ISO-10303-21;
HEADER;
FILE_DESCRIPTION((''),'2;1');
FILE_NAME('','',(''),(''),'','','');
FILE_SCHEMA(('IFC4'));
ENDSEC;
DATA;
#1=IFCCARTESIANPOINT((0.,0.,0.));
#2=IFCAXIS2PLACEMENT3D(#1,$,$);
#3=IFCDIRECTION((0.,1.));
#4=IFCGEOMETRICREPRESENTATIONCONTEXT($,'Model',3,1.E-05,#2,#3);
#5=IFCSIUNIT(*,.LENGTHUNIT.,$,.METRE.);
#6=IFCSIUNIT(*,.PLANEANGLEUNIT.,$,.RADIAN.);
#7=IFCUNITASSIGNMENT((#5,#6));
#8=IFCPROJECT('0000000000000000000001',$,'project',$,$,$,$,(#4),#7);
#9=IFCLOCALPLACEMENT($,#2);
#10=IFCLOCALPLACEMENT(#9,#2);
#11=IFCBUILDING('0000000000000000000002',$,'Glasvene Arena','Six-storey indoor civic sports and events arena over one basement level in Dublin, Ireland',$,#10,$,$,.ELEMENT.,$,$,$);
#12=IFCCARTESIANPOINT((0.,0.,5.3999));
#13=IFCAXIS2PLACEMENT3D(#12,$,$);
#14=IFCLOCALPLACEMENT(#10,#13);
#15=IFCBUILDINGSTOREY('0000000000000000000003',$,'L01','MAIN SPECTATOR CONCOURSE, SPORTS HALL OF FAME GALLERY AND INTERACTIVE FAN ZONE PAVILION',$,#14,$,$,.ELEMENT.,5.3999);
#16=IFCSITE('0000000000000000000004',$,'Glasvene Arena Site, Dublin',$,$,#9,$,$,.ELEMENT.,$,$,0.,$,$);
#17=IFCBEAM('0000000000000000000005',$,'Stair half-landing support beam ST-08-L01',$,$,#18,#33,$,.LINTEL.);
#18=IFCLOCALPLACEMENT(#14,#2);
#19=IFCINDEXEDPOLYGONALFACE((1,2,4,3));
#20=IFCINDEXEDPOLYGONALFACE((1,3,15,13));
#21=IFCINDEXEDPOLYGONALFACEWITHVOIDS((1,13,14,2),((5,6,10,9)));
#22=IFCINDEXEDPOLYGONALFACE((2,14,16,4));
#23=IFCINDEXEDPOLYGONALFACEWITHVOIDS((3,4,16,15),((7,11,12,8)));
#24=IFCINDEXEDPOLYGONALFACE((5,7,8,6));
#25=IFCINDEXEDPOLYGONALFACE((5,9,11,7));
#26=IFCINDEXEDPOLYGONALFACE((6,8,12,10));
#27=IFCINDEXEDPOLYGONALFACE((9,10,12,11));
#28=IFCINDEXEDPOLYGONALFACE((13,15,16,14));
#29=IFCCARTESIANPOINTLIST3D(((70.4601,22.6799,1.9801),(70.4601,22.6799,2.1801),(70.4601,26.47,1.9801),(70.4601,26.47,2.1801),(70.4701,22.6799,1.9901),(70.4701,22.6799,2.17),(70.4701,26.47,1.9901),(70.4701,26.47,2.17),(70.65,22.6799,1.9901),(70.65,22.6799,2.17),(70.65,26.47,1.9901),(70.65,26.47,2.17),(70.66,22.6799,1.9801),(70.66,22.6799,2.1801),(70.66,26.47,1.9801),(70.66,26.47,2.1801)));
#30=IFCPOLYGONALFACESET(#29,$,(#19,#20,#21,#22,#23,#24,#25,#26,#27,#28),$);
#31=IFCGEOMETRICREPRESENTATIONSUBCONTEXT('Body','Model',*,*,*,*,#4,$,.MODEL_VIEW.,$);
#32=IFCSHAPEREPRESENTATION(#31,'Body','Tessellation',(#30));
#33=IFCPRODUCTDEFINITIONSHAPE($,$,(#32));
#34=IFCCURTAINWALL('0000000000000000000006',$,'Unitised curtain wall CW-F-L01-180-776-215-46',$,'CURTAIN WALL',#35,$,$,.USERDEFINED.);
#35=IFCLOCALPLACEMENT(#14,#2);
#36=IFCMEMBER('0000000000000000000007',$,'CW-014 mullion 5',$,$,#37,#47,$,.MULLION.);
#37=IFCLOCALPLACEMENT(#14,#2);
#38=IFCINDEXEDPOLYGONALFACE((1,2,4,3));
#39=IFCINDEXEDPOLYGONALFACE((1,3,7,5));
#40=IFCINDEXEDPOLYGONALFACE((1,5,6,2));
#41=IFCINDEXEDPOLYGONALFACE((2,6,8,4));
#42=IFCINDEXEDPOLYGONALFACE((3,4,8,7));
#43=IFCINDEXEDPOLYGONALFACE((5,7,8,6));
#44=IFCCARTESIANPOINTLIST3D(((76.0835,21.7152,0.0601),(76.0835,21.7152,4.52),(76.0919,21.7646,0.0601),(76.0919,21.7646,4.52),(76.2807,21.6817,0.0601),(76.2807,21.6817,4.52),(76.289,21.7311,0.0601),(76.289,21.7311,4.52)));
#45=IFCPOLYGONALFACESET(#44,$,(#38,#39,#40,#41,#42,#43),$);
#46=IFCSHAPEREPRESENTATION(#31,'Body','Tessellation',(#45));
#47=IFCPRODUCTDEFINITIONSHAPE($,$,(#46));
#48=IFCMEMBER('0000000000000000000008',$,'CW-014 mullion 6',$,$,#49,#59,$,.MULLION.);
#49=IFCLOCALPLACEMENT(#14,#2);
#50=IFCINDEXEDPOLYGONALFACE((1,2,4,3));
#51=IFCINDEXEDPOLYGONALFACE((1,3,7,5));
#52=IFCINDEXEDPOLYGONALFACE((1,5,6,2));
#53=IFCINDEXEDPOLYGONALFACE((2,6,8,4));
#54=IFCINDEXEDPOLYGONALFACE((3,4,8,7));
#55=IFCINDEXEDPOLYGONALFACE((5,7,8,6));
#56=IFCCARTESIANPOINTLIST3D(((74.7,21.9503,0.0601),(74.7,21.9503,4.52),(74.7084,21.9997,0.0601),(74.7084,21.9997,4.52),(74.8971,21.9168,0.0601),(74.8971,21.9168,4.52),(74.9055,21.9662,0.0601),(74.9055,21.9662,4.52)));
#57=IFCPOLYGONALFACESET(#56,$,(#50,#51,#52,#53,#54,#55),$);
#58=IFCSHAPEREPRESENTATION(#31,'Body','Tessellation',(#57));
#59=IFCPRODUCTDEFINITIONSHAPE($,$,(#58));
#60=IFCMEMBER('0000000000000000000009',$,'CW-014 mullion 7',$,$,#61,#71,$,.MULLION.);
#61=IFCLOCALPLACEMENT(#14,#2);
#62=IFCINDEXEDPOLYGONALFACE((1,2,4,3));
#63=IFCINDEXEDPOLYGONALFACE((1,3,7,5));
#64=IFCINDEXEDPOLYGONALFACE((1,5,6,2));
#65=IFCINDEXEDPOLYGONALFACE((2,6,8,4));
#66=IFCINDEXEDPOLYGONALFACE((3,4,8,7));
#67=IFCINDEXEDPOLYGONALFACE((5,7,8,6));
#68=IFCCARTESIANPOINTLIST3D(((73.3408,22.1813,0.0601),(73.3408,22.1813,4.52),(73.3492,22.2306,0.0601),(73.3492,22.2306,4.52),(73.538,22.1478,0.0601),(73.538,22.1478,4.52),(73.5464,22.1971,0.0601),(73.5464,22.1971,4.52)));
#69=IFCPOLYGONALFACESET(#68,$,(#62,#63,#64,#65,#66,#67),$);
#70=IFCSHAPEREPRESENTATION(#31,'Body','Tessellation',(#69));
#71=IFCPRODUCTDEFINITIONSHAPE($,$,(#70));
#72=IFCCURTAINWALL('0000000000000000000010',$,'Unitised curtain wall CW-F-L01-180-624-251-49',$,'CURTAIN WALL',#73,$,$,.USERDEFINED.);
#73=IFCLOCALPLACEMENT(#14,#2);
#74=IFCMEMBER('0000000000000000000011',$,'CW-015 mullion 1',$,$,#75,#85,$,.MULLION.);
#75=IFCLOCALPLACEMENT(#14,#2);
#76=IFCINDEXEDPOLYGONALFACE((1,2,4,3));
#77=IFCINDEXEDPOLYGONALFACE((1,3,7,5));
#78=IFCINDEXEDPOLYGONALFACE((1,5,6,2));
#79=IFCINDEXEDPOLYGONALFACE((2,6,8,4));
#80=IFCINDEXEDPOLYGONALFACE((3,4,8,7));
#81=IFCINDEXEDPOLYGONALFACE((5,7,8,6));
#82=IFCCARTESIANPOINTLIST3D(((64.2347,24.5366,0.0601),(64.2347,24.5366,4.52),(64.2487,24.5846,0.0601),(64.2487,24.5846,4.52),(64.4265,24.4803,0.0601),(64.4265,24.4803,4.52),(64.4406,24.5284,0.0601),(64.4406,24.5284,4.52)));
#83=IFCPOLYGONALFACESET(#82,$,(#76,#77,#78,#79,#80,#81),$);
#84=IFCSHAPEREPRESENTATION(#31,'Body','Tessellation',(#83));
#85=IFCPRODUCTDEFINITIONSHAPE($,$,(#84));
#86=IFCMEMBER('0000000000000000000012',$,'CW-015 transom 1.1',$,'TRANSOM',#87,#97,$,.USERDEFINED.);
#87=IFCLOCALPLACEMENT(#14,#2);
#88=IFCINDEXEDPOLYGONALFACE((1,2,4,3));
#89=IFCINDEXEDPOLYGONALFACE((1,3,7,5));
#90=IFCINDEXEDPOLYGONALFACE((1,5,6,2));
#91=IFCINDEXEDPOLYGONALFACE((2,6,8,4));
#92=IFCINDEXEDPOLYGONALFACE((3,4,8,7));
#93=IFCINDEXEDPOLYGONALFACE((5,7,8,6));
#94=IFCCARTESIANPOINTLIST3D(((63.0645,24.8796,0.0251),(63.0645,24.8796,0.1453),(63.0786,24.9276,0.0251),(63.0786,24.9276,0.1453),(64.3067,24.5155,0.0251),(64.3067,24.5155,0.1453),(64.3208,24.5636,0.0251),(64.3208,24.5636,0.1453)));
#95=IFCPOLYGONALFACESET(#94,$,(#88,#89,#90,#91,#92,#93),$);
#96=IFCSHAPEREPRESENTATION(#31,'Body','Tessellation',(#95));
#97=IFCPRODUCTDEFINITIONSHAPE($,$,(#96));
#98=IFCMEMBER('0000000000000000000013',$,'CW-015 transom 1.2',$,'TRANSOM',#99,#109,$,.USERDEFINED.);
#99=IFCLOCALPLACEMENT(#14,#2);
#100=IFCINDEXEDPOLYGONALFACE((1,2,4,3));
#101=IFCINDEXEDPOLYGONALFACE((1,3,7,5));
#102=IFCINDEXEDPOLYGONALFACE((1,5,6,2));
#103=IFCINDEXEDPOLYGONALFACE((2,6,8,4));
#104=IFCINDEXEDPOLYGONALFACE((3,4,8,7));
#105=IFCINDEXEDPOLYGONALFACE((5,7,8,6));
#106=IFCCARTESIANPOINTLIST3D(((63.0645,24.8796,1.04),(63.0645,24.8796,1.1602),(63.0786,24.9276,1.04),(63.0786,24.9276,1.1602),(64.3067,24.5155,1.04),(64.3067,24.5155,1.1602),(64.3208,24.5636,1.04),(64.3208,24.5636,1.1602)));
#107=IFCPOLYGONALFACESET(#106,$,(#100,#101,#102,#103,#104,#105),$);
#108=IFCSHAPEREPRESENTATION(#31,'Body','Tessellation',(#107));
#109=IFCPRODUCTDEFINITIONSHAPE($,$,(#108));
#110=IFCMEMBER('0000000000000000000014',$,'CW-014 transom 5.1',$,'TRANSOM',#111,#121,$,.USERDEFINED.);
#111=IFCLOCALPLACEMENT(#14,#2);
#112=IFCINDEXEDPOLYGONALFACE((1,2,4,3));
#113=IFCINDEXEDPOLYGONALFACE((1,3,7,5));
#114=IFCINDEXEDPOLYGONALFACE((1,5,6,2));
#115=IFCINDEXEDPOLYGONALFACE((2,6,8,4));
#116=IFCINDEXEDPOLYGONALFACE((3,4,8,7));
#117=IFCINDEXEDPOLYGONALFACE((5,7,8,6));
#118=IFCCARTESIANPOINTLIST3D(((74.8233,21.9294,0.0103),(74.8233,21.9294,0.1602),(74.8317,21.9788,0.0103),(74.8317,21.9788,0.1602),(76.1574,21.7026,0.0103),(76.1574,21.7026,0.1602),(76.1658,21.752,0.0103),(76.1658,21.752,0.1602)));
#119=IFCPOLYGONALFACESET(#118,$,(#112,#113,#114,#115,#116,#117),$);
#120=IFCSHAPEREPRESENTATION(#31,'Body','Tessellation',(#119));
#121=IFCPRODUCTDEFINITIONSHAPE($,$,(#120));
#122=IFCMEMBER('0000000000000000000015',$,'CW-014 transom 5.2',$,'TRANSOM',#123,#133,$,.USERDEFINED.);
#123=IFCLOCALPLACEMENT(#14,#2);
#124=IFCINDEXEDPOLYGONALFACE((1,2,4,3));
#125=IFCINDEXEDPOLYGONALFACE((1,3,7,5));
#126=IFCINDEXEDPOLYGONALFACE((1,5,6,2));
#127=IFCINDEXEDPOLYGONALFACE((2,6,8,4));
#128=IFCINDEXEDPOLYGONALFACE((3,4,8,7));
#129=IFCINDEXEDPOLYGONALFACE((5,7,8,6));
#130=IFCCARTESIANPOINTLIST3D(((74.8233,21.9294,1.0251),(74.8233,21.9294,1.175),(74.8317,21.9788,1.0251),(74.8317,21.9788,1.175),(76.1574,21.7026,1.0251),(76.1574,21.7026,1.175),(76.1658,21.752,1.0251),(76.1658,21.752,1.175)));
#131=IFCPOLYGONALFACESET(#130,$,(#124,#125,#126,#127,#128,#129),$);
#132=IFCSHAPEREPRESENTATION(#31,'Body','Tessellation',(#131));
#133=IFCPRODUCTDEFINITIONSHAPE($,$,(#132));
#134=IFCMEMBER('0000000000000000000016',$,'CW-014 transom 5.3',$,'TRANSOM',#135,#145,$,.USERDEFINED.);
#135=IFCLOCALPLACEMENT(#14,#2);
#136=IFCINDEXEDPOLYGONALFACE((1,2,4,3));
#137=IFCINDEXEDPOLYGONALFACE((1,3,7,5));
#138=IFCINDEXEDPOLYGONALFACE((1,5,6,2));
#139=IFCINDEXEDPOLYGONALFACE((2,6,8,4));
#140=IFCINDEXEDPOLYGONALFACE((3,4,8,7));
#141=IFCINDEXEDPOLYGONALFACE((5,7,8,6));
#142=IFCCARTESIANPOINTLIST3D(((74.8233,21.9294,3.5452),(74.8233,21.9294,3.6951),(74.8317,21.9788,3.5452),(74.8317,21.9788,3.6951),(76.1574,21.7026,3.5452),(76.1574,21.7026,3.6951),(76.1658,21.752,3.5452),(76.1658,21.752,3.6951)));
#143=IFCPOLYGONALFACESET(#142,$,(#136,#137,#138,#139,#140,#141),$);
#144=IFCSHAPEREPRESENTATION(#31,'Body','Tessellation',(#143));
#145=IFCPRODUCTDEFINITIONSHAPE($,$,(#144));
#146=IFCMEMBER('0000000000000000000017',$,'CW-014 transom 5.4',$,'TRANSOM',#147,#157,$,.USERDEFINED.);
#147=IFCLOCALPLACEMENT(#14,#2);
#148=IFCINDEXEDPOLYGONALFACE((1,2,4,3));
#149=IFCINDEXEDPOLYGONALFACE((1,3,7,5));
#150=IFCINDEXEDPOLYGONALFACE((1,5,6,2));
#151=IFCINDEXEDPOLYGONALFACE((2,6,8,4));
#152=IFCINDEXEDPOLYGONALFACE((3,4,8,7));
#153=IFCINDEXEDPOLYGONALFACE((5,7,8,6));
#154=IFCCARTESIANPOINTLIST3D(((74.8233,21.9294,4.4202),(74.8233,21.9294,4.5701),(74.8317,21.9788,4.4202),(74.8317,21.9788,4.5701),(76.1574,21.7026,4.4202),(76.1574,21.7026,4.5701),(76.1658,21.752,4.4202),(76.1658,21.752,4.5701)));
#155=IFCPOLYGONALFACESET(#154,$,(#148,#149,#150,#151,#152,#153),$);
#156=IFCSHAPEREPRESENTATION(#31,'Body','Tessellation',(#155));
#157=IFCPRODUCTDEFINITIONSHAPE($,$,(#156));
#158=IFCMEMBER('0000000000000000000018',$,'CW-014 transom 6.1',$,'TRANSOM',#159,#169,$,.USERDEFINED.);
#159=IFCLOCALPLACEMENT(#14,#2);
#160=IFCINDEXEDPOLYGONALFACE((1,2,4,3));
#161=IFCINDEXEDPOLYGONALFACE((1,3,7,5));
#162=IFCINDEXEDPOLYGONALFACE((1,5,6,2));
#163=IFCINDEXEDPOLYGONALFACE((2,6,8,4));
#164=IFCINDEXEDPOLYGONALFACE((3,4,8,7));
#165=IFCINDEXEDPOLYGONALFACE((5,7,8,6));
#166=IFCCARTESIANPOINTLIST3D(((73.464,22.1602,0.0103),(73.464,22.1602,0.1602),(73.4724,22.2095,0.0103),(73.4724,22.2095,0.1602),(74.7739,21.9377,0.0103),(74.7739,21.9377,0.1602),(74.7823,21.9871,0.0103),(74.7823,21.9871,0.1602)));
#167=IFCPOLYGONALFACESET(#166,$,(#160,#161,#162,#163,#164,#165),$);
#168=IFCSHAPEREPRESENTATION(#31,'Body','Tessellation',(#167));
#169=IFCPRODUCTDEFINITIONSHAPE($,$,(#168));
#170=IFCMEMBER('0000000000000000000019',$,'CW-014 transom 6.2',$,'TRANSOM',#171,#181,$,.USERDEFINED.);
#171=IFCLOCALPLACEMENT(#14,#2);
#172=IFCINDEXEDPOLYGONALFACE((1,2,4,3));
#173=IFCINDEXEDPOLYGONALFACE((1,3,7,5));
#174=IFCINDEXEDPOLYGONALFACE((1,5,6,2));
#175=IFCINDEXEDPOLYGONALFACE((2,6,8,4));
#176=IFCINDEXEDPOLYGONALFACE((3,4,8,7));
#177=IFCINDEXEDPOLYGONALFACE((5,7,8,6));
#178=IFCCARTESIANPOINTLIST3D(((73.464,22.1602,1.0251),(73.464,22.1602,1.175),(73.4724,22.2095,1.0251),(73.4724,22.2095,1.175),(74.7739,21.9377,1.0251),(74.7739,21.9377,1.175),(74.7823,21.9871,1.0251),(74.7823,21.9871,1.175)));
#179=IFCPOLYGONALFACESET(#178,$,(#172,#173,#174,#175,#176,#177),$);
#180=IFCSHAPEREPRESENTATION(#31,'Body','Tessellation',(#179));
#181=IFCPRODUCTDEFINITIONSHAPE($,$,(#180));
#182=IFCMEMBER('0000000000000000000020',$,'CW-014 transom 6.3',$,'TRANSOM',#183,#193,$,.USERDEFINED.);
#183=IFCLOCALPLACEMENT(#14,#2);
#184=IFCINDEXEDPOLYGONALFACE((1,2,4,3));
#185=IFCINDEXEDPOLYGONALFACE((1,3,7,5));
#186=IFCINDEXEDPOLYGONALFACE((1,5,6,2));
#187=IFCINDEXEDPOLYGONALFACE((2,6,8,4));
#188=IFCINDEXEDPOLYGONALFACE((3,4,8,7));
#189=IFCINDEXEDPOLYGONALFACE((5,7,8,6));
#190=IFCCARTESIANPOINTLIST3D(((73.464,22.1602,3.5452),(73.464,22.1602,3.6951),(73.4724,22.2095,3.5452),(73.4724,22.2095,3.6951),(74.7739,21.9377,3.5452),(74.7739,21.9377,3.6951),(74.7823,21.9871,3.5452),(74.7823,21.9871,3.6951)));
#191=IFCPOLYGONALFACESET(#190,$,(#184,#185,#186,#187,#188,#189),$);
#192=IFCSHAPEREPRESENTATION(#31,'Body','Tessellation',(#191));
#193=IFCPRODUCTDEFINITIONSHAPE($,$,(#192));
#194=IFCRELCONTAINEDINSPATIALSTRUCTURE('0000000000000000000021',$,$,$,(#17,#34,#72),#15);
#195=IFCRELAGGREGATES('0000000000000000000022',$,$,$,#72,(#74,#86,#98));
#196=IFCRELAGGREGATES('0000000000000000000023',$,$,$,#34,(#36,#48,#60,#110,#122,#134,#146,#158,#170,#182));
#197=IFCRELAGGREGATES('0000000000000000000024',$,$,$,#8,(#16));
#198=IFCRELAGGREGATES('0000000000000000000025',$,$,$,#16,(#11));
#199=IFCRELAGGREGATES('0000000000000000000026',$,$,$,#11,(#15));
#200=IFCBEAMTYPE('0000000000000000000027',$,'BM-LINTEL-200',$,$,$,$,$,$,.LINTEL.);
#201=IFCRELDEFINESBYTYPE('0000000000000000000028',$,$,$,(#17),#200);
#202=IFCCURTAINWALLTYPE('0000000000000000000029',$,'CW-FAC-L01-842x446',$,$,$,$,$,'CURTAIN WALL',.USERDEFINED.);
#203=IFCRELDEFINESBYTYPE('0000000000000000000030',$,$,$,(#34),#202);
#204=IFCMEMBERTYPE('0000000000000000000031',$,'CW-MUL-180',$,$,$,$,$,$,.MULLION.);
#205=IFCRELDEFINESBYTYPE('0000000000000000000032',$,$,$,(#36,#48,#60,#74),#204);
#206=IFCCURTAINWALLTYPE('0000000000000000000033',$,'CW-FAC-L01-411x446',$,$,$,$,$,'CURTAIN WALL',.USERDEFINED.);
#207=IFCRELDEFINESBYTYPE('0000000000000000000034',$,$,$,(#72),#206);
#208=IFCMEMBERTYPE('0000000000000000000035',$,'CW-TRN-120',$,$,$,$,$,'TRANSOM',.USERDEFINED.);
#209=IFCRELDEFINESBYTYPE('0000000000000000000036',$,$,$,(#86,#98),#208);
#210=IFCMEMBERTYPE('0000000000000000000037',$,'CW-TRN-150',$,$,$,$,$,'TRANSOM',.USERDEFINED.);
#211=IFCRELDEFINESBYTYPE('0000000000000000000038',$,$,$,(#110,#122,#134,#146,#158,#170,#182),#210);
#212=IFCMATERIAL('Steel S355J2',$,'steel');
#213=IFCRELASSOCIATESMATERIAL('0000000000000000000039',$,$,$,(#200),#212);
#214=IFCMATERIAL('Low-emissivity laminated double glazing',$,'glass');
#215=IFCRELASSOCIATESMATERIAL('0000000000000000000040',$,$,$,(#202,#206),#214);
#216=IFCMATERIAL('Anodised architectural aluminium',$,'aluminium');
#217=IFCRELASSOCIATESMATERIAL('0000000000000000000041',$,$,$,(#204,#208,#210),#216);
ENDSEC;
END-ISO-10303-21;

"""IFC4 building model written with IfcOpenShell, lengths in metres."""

from ifc_helpers import new_model, si_unit, direction, frame, origin, origin_2d, place, context, subcontext, project, spatial, rectangle, hollow_rectangle, extrude, material, material_profile, profile_set, type_object, element, aggregate, save


model = new_model("IFC4")

# Units and contexts
model_context = context("Model", 3, precision=1e-05, world=origin(), true_north=direction((0.0, 1.0)))
body_context = subcontext(model_context, "Body", "Model", "MODEL_VIEW")
ifc_project = project(units=[si_unit("LENGTHUNIT", "METRE"), si_unit("PLANEANGLEUNIT", "RADIAN")], contexts=[model_context])

# Site, building, storey
site_placement = place(None, origin())
site = spatial("IfcSite", under=ifc_project, at=site_placement, Name="Glasvene Arena Site, Dublin", CompositionType="ELEMENT", RefElevation=0.0)
building_placement = place(site_placement, origin())
building = spatial("IfcBuilding", under=site, at=building_placement, Name="Glasvene Arena", Description="Six-storey indoor civic sports and events arena over one basement level in Dublin, Ireland", CompositionType="ELEMENT")
storey_placement = place(building_placement, frame((0.0, 0.0, 5.3999)))
storey = spatial("IfcBuildingStorey", under=building, at=storey_placement, Name="L01", Description="MAIN SPECTATOR CONCOURSE, SPORTS HALL OF FAME GALLERY AND INTERACTIVE FAN ZONE PAVILION", CompositionType="ELEMENT", Elevation=5.3999)

# Beam
ifc_material_1 = material(Name="Steel S355J2", Category="steel")
ifc_material_profile_1 = material_profile(ifc_material_1, hollow_rectangle(XDim=0.2, YDim=0.2, WallThickness=0.01, at=origin_2d()), Name="SHS 200x200x10.0")
ifc_profile_set_1 = profile_set([ifc_material_profile_1], Name="Steel S355J2")
beam_type = type_object("IfcBeamType", Name="BM-LINTEL-200", PredefinedType="LINTEL", material=ifc_profile_set_1)
beam_placement = place(storey_placement, frame((70.5601, 22.6799, 2.0801), z_axis=(0.0, 1.0, 0.0), x_axis=(-1.0, 0.0, 0.0)))
element("IfcBeam", 1, at=beam_placement, inside=storey, type_object=beam_type, Name="Stair half-landing support beam ST-08-L01", PredefinedType="LINTEL", context=body_context, shape_type="SweptSolid", body=[
    extrude(hollow_rectangle(XDim=0.2, YDim=0.2, WallThickness=0.01, at=origin_2d()), origin(), (0.0, 0.0, 1.0), 3.79),
])

# Curtain walls, members
ifc_material_2 = material(Name="Low-emissivity laminated double glazing", Category="glass")
curtain_wall_type_1 = type_object("IfcCurtainWallType", Name="CW-FAC-L01-842x446", ElementType="CURTAIN WALL", PredefinedType="USERDEFINED", material=ifc_material_2)
curtain_wall_1_placement = place(storey_placement, frame((81.7207, 20.7827, 0.0)))
curtain_wall_1 = element("IfcCurtainWall", 2, at=curtain_wall_1_placement, inside=storey, type_object=curtain_wall_type_1, Name="Unitised curtain wall CW-F-L01-180-776-215-46", ObjectType="CURTAIN WALL", PredefinedType="USERDEFINED")
ifc_material_3 = material(Name="Anodised architectural aluminium", Category="aluminium")
ifc_material_profile_2 = material_profile(ifc_material_3, rectangle(XDim=0.05, YDim=0.2, at=origin_2d()), Name="ALU MULLION 50x200")
ifc_profile_set_2 = profile_set([ifc_material_profile_2], Name="Anodised architectural aluminium")
member_type_1 = type_object("IfcMemberType", Name="CW-MUL-180", PredefinedType="MULLION", material=ifc_profile_set_2)
member_1_placement = place(storey_placement, frame((76.1863, 21.7231, 0.0601), z_axis=(0.0, 0.0, 1.0), x_axis=(-0.167514, -0.98587, 0.0)))
member_1 = element("IfcMember", 3, at=member_1_placement, type_object=member_type_1, Name="CW-014 mullion 5", PredefinedType="MULLION", context=body_context, shape_type="SweptSolid", body=[
    extrude(rectangle(XDim=0.05, YDim=0.2, at=origin_2d()), origin(), (0.0, 0.0, 1.0), 4.46),
])
member_2_placement = place(storey_placement, frame((74.8027, 21.9583, 0.0601), z_axis=(0.0, 0.0, 1.0), x_axis=(-0.167514, -0.98587, 0.0)))
member_2 = element("IfcMember", 4, at=member_2_placement, type_object=member_type_1, Name="CW-014 mullion 6", PredefinedType="MULLION", context=body_context, shape_type="SweptSolid", body=[
    extrude(rectangle(XDim=0.05, YDim=0.2, at=origin_2d()), origin(), (0.0, 0.0, 1.0), 4.46),
])
member_3_placement = place(storey_placement, frame((73.4436, 22.1892, 0.0601), z_axis=(0.0, 0.0, 1.0), x_axis=(-0.167514, -0.98587, 0.0)))
member_3 = element("IfcMember", 5, at=member_3_placement, type_object=member_type_1, Name="CW-014 mullion 7", PredefinedType="MULLION", context=body_context, shape_type="SweptSolid", body=[
    extrude(rectangle(XDim=0.05, YDim=0.2, at=origin_2d()), origin(), (0.0, 0.0, 1.0), 4.46),
])
curtain_wall_type_2 = type_object("IfcCurtainWallType", Name="CW-FAC-L01-411x446", ElementType="CURTAIN WALL", PredefinedType="USERDEFINED", material=ifc_material_2)
curtain_wall_2_placement = place(storey_placement, frame((64.3616, 24.5254, 0.0)))
curtain_wall_2 = element("IfcCurtainWall", 6, at=curtain_wall_2_placement, inside=storey, type_object=curtain_wall_type_2, Name="Unitised curtain wall CW-F-L01-180-624-251-49", ObjectType="CURTAIN WALL", PredefinedType="USERDEFINED")
member_4_placement = place(storey_placement, frame((64.3376, 24.5325, 0.0601), z_axis=(0.0, 0.0, 1.0), x_axis=(-0.281286, -0.959624, 0.0)))
member_4 = element("IfcMember", 7, at=member_4_placement, type_object=member_type_1, Name="CW-015 mullion 1", PredefinedType="MULLION", context=body_context, shape_type="SweptSolid", body=[
    extrude(rectangle(XDim=0.05, YDim=0.2, at=origin_2d()), origin(), (0.0, 0.0, 1.0), 4.46),
])
ifc_material_profile_3 = material_profile(ifc_material_3, rectangle(XDim=0.05, YDim=0.1201, at=origin_2d()), Name="ALU TRANSOM 50x120")
ifc_profile_set_3 = profile_set([ifc_material_profile_3], Name="Anodised architectural aluminium")
member_type_2 = type_object("IfcMemberType", Name="CW-TRN-120", ElementType="TRANSOM", PredefinedType="USERDEFINED", material=ifc_profile_set_3)
member_5_placement = place(storey_placement, frame((64.3137, 24.5396, 0.0852), z_axis=(-0.959644, 0.281217, 0.0), x_axis=(-0.281217, -0.959644, 0.0)))
member_5 = element("IfcMember", 8, at=member_5_placement, type_object=member_type_2, Name="CW-015 transom 1.1", ObjectType="TRANSOM", PredefinedType="USERDEFINED", context=body_context, shape_type="SweptSolid", body=[
    extrude(rectangle(XDim=0.05, YDim=0.1201, at=origin_2d()), origin(), (0.0, 0.0, 1.0), 1.2944),
])
member_6_placement = place(storey_placement, frame((64.3137, 24.5396, 1.1001), z_axis=(-0.959644, 0.281217, 0.0), x_axis=(-0.281217, -0.959644, 0.0)))
member_6 = element("IfcMember", 9, at=member_6_placement, type_object=member_type_2, Name="CW-015 transom 1.2", ObjectType="TRANSOM", PredefinedType="USERDEFINED", context=body_context, shape_type="SweptSolid", body=[
    extrude(rectangle(XDim=0.05, YDim=0.1201, at=origin_2d()), origin(), (0.0, 0.0, 1.0), 1.2944),
])
aggregate(curtain_wall_2, [member_4, member_5, member_6])

# Members
ifc_material_profile_4 = material_profile(ifc_material_3, rectangle(XDim=0.05, YDim=0.1499, at=origin_2d()), Name="ALU TRANSOM 50x150")
ifc_profile_set_4 = profile_set([ifc_material_profile_4], Name="Anodised architectural aluminium")
member_type_3 = type_object("IfcMemberType", Name="CW-TRN-150", ElementType="TRANSOM", PredefinedType="USERDEFINED", material=ifc_profile_set_4)
member_7_placement = place(storey_placement, frame((76.1616, 21.7273, 0.0852), z_axis=(-0.985857, 0.167587, 0.0), x_axis=(-0.167587, -0.985857, 0.0)))
member_7 = element("IfcMember", 10, at=member_7_placement, type_object=member_type_3, Name="CW-014 transom 5.1", ObjectType="TRANSOM", PredefinedType="USERDEFINED", context=body_context, shape_type="SweptSolid", body=[
    extrude(rectangle(XDim=0.05, YDim=0.1499, at=origin_2d()), origin(), (0.0, 0.0, 1.0), 1.3533),
])
member_8_placement = place(storey_placement, frame((76.1616, 21.7273, 1.1001), z_axis=(-0.985857, 0.167587, 0.0), x_axis=(-0.167587, -0.985857, 0.0)))
member_8 = element("IfcMember", 11, at=member_8_placement, type_object=member_type_3, Name="CW-014 transom 5.2", ObjectType="TRANSOM", PredefinedType="USERDEFINED", context=body_context, shape_type="SweptSolid", body=[
    extrude(rectangle(XDim=0.05, YDim=0.1499, at=origin_2d()), origin(), (0.0, 0.0, 1.0), 1.3533),
])
member_9_placement = place(storey_placement, frame((76.1616, 21.7273, 3.6201), z_axis=(-0.985857, 0.167587, 0.0), x_axis=(-0.167587, -0.985857, 0.0)))
member_9 = element("IfcMember", 12, at=member_9_placement, type_object=member_type_3, Name="CW-014 transom 5.3", ObjectType="TRANSOM", PredefinedType="USERDEFINED", context=body_context, shape_type="SweptSolid", body=[
    extrude(rectangle(XDim=0.05, YDim=0.1499, at=origin_2d()), origin(), (0.0, 0.0, 1.0), 1.3533),
])
member_10_placement = place(storey_placement, frame((76.1616, 21.7273, 4.4951), z_axis=(-0.985857, 0.167587, 0.0), x_axis=(-0.167587, -0.985857, 0.0)))
member_10 = element("IfcMember", 13, at=member_10_placement, type_object=member_type_3, Name="CW-014 transom 5.4", ObjectType="TRANSOM", PredefinedType="USERDEFINED", context=body_context, shape_type="SweptSolid", body=[
    extrude(rectangle(XDim=0.05, YDim=0.1499, at=origin_2d()), origin(), (0.0, 0.0, 1.0), 1.3533),
])
member_11_placement = place(storey_placement, frame((74.7781, 21.9624, 0.0852), z_axis=(-0.985888, 0.167408, 0.0), x_axis=(-0.167408, -0.985888, 0.0)))
member_11 = element("IfcMember", 14, at=member_11_placement, type_object=member_type_3, Name="CW-014 transom 6.1", ObjectType="TRANSOM", PredefinedType="USERDEFINED", context=body_context, shape_type="SweptSolid", body=[
    extrude(rectangle(XDim=0.05, YDim=0.1499, at=origin_2d()), origin(), (0.0, 0.0, 1.0), 1.3286),
])
member_12_placement = place(storey_placement, frame((74.7781, 21.9624, 1.1001), z_axis=(-0.985888, 0.167408, 0.0), x_axis=(-0.167408, -0.985888, 0.0)))
member_12 = element("IfcMember", 15, at=member_12_placement, type_object=member_type_3, Name="CW-014 transom 6.2", ObjectType="TRANSOM", PredefinedType="USERDEFINED", context=body_context, shape_type="SweptSolid", body=[
    extrude(rectangle(XDim=0.05, YDim=0.1499, at=origin_2d()), origin(), (0.0, 0.0, 1.0), 1.3286),
])
member_13_placement = place(storey_placement, frame((74.7781, 21.9624, 3.6201), z_axis=(-0.985888, 0.167408, 0.0), x_axis=(-0.167408, -0.985888, 0.0)))
member_13 = element("IfcMember", 16, at=member_13_placement, type_object=member_type_3, Name="CW-014 transom 6.3", ObjectType="TRANSOM", PredefinedType="USERDEFINED", context=body_context, shape_type="SweptSolid", body=[
    extrude(rectangle(XDim=0.05, YDim=0.1499, at=origin_2d()), origin(), (0.0, 0.0, 1.0), 1.3286),
])

aggregate(curtain_wall_1, [member_1, member_2, member_3, member_7, member_8, member_9, member_10, member_11, member_12, member_13])

save(model, "model.ifc")
